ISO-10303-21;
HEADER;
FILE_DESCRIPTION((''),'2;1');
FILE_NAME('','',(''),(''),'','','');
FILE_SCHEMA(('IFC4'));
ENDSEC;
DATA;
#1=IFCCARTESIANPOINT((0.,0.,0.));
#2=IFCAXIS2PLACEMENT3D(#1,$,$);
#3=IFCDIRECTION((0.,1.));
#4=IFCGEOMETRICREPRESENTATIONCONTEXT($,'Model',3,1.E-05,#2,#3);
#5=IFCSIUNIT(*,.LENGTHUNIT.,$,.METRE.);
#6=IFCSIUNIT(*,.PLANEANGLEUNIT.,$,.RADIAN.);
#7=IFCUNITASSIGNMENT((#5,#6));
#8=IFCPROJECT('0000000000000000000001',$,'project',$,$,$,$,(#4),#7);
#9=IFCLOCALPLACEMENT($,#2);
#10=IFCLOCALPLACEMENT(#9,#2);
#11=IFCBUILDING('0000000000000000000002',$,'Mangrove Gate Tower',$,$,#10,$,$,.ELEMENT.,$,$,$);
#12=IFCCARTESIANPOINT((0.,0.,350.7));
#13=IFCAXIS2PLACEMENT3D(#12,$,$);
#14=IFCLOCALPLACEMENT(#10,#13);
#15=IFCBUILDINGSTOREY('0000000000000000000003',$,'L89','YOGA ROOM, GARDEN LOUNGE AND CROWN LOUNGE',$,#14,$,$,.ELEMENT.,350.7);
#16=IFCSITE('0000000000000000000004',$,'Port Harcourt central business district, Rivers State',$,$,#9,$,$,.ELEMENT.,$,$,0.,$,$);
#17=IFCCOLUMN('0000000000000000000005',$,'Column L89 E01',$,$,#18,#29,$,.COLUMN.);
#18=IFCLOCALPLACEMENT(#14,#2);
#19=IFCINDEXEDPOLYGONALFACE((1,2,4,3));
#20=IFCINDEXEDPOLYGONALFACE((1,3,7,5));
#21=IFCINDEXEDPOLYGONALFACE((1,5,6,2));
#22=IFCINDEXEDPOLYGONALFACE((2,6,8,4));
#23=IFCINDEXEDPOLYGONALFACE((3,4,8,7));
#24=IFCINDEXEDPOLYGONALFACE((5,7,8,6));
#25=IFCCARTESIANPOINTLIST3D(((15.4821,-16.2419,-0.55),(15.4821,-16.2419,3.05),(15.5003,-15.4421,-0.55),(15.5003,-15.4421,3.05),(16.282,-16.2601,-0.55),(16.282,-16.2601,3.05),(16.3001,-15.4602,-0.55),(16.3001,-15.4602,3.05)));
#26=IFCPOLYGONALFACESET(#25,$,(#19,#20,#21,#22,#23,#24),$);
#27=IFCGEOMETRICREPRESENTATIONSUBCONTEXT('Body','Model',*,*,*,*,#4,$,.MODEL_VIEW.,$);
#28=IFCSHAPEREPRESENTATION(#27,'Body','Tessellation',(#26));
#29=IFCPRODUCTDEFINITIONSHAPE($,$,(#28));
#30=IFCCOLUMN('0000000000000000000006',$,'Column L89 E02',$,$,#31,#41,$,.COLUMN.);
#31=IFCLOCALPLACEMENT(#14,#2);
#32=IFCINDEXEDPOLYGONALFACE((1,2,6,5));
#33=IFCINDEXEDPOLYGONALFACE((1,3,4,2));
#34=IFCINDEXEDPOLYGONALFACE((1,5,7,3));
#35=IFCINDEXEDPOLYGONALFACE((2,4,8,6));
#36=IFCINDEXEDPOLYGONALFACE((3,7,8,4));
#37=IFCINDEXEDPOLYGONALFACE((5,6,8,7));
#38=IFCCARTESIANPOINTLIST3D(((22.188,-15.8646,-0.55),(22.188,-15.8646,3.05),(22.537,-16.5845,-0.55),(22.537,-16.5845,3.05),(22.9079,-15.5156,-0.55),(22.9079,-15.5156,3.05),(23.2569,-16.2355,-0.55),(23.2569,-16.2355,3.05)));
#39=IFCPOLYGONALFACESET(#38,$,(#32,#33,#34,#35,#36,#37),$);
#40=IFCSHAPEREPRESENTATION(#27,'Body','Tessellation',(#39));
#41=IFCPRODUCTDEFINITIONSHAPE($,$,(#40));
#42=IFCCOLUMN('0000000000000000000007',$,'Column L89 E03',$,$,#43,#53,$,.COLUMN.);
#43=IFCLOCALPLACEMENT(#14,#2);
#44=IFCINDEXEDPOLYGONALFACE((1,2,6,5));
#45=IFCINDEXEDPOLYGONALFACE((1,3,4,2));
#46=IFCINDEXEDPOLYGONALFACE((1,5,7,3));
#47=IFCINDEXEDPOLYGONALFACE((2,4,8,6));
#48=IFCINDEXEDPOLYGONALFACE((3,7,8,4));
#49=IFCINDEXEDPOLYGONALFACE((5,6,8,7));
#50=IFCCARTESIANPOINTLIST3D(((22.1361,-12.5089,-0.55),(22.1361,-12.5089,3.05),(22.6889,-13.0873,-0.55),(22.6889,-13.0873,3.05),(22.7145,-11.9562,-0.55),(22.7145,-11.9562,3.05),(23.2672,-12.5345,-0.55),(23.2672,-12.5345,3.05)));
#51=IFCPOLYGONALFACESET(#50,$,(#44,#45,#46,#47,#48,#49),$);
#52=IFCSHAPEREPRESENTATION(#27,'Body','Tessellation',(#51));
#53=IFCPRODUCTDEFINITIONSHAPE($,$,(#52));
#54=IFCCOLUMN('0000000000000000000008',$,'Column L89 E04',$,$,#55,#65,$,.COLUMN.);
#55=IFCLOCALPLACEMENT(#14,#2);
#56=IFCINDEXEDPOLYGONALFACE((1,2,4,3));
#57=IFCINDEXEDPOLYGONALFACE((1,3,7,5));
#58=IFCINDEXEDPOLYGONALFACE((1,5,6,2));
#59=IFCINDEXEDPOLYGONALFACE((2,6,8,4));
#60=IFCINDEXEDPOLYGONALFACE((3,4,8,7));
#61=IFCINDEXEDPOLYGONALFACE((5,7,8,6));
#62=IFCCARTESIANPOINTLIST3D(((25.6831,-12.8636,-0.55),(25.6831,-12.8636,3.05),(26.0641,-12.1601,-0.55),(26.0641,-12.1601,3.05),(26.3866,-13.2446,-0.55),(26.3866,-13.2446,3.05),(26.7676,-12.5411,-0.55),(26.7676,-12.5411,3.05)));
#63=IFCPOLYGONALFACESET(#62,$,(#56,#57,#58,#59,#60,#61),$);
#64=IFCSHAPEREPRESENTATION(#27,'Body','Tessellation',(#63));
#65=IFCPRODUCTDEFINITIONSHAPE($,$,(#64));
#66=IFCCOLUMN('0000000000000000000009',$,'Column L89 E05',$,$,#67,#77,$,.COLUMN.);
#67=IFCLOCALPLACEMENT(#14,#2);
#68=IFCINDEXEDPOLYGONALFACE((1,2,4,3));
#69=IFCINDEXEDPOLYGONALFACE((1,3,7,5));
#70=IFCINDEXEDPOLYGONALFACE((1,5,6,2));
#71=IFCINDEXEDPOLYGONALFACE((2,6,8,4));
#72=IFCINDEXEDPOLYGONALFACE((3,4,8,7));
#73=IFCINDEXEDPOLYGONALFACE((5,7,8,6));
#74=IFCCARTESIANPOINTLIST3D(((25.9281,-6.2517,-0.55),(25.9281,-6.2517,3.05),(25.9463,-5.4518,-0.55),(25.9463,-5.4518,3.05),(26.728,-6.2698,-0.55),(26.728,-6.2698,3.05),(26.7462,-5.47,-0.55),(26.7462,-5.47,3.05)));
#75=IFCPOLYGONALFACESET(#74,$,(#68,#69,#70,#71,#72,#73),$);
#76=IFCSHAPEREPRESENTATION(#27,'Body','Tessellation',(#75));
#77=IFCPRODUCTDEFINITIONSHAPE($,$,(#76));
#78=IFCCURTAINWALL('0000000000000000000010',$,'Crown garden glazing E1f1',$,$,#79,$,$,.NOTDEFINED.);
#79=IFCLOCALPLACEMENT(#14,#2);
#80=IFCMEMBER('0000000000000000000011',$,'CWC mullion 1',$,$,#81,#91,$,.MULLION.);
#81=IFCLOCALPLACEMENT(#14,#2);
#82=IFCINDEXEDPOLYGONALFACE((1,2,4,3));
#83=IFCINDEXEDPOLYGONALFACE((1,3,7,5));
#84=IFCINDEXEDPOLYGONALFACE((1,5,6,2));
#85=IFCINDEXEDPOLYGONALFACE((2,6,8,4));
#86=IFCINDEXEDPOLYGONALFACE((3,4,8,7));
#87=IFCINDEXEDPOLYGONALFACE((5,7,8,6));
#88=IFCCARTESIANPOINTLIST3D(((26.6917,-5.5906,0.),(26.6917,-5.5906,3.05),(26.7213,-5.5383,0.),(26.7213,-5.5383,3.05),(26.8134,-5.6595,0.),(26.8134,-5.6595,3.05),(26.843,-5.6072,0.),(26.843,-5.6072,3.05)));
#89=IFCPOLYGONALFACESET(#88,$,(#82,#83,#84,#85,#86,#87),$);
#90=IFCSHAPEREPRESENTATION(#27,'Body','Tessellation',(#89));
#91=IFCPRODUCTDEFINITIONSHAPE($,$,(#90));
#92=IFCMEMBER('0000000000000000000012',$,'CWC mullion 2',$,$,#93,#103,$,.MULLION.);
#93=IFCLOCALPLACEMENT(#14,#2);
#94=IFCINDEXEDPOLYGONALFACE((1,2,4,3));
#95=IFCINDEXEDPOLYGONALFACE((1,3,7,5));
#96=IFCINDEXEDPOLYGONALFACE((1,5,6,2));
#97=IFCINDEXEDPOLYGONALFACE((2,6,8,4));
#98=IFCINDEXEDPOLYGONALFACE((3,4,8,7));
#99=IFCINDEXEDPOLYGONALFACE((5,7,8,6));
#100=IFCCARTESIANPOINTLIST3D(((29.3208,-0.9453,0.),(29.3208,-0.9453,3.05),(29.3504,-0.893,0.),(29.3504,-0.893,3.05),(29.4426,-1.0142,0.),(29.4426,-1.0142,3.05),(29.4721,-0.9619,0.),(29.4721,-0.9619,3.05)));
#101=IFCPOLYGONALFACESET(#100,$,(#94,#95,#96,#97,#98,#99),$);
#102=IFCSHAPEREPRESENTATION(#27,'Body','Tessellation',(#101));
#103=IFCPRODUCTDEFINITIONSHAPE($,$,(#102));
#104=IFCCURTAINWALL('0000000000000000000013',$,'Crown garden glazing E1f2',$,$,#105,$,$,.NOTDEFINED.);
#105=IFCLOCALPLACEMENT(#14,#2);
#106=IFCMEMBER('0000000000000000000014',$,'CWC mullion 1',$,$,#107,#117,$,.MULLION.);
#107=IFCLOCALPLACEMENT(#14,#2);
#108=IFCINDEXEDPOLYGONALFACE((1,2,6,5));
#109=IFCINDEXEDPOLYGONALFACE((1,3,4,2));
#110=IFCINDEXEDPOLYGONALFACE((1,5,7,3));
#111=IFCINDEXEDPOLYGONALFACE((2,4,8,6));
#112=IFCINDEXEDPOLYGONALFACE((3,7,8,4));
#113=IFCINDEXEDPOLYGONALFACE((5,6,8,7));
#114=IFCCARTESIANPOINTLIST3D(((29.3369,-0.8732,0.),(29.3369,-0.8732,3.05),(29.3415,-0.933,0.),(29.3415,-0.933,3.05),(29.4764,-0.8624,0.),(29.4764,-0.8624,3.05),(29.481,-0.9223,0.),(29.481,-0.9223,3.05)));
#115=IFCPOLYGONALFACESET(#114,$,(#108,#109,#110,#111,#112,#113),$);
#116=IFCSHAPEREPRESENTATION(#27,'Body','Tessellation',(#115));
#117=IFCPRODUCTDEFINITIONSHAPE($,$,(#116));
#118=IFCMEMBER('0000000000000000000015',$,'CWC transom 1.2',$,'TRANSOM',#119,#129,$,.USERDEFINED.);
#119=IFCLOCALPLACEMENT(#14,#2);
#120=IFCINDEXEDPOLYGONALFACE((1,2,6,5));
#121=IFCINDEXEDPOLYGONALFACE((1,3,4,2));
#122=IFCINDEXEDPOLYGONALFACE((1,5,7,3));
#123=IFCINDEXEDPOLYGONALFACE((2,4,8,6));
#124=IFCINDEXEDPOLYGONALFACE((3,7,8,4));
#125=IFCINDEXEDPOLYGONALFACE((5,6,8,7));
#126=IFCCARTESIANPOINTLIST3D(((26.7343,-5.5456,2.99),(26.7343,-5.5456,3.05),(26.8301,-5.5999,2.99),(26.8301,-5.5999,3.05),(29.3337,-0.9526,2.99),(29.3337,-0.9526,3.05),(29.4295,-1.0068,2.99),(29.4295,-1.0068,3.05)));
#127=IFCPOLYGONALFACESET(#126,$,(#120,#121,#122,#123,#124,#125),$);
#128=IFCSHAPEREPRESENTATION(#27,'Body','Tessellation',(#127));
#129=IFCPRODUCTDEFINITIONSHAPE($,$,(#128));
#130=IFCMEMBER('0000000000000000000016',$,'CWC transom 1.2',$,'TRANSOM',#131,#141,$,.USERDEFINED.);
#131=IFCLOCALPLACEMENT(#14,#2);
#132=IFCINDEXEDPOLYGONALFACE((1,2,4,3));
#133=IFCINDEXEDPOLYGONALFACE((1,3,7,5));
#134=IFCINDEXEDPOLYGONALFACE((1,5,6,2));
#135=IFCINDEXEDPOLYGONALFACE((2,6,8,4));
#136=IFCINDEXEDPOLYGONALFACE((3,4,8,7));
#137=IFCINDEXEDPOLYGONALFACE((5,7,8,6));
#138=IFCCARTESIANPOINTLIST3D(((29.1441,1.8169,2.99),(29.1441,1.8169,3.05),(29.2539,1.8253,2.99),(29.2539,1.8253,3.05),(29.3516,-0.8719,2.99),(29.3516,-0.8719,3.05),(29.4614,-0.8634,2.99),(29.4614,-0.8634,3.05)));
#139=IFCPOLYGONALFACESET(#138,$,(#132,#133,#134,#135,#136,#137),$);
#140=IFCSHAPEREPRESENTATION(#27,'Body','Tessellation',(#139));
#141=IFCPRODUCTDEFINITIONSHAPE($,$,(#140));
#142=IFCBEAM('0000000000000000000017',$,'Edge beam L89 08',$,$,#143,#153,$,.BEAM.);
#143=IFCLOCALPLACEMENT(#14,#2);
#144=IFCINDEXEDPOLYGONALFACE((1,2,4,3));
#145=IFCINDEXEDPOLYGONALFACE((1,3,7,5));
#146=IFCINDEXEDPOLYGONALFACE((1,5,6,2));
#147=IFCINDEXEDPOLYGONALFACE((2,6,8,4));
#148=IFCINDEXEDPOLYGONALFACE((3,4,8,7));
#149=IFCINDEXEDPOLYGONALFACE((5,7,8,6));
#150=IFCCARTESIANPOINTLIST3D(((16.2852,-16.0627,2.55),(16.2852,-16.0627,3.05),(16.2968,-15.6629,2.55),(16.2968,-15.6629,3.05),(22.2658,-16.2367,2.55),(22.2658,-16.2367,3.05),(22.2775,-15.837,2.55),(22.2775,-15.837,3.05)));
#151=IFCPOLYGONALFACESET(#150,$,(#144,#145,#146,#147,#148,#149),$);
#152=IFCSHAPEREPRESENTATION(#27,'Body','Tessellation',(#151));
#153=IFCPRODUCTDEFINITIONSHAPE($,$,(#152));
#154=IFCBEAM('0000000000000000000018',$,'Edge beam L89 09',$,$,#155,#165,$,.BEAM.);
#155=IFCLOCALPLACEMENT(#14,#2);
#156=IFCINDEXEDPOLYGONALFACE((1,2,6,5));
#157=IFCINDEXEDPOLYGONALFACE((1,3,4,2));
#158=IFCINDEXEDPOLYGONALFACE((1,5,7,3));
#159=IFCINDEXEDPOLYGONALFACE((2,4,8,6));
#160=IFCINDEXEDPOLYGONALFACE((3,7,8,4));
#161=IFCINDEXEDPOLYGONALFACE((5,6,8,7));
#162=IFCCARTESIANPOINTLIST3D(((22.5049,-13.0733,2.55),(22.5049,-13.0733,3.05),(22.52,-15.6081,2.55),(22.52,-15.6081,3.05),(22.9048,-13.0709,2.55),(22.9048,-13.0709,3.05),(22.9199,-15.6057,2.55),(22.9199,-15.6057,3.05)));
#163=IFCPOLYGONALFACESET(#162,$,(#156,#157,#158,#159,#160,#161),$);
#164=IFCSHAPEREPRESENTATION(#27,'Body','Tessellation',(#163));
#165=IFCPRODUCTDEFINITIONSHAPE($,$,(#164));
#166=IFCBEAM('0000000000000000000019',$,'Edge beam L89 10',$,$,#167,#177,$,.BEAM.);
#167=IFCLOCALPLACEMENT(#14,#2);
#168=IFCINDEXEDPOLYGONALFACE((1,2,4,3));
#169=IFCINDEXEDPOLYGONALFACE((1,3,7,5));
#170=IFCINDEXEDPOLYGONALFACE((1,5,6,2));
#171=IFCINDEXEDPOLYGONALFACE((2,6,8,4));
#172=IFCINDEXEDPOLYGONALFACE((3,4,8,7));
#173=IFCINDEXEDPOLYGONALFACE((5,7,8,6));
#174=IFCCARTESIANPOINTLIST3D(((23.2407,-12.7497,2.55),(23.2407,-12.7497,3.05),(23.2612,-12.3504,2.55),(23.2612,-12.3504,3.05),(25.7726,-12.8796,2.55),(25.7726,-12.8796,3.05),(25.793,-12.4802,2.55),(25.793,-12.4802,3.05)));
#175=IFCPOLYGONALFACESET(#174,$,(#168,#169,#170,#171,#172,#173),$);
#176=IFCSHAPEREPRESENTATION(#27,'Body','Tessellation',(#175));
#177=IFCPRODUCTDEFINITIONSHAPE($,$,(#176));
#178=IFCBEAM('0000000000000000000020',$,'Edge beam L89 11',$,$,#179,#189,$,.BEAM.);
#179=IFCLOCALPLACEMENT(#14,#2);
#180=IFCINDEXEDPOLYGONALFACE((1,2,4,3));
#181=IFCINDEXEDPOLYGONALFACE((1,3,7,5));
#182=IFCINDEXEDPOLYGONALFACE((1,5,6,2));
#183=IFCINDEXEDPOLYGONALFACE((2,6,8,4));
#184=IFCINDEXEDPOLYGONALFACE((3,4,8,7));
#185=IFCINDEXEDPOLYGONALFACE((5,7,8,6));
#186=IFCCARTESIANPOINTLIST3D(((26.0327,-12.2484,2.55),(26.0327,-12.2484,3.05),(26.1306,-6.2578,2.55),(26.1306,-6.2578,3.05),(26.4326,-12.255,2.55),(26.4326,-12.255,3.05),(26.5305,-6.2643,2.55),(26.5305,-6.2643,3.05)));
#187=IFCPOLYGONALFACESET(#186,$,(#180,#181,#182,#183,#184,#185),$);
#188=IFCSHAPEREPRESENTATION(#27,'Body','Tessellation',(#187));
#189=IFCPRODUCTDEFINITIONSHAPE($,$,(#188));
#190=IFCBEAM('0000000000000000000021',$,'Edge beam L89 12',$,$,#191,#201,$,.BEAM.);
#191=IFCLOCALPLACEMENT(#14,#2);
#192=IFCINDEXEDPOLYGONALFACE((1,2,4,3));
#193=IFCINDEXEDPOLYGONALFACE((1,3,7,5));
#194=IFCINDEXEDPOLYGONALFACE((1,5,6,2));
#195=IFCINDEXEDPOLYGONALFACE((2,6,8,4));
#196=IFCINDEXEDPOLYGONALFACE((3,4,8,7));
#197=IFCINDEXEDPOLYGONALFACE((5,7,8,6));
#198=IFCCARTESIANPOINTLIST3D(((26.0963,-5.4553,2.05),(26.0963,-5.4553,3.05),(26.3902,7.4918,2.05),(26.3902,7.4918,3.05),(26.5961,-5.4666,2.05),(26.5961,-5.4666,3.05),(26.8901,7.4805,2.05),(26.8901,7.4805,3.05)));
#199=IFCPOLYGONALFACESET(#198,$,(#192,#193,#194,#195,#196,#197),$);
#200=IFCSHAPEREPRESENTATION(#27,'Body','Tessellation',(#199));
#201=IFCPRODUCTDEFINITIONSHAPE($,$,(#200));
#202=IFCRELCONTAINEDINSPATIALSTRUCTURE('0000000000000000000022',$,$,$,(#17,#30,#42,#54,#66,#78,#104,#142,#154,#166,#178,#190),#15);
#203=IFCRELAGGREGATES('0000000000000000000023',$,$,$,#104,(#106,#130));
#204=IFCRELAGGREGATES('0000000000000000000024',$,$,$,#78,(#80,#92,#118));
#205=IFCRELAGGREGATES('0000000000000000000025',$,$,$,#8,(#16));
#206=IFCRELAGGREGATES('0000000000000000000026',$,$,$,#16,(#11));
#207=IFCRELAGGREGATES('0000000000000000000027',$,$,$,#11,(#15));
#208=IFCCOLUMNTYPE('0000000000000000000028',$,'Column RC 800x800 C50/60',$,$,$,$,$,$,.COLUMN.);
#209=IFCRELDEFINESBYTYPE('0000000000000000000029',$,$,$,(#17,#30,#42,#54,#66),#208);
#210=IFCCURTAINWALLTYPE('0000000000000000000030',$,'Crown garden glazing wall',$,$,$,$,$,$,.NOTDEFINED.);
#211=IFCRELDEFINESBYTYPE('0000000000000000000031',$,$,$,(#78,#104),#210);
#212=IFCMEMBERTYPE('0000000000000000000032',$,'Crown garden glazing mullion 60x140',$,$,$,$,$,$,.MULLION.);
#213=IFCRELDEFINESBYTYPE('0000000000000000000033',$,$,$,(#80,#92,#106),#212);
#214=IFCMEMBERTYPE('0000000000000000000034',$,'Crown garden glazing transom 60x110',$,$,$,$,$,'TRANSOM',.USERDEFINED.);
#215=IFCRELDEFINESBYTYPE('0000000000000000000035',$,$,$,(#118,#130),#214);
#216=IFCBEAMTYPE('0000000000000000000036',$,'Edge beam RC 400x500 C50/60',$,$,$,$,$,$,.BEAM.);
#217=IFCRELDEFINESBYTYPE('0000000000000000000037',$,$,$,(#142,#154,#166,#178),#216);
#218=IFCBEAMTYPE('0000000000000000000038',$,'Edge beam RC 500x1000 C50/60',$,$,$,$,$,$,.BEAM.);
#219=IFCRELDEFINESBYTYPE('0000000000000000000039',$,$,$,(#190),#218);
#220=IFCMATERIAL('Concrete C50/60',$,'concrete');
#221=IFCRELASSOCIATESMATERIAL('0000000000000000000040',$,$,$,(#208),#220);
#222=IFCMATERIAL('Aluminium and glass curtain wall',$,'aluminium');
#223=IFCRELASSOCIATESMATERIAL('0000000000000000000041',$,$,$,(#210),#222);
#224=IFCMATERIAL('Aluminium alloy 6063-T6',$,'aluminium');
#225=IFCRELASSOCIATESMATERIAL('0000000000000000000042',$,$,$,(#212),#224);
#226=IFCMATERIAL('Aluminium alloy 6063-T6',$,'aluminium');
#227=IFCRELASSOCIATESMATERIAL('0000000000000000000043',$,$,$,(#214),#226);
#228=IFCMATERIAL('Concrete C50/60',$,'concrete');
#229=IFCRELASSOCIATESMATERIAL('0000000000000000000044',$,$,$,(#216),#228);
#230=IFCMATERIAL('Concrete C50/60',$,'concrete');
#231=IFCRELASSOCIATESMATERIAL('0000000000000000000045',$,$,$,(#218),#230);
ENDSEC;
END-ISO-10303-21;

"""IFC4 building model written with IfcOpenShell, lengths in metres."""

from ifc_helpers import new_model, si_unit, direction, frame, origin, origin_2d, place, context, subcontext, project, spatial, rectangle, extrude, material, material_profile, profile_set, type_object, element, aggregate, save


model = new_model("IFC4")

# Units and contexts
model_context = context("Model", 3, precision=1e-05, world=origin(), true_north=direction((0.0, 1.0)))
body_context = subcontext(model_context, "Body", "Model", "MODEL_VIEW")
ifc_project = project(units=[si_unit("LENGTHUNIT", "METRE"), si_unit("PLANEANGLEUNIT", "RADIAN")], contexts=[model_context])

# Site, building, storey
site_placement = place(None, origin())
site = spatial("IfcSite", under=ifc_project, at=site_placement, Name="Port Harcourt central business district, Rivers State", CompositionType="ELEMENT", RefElevation=0.0)
building_placement = place(site_placement, origin())
building = spatial("IfcBuilding", under=site, at=building_placement, Name="Mangrove Gate Tower", CompositionType="ELEMENT")
storey_placement = place(building_placement, frame((0.0, 0.0, 350.7)))
storey = spatial("IfcBuildingStorey", under=building, at=storey_placement, Name="L89", Description="YOGA ROOM, GARDEN LOUNGE AND CROWN LOUNGE", CompositionType="ELEMENT", Elevation=350.7)

# Columns
ifc_material_1 = material(Name="Concrete C50/60", Category="concrete")
ifc_material_profile_1 = material_profile(ifc_material_1, rectangle(XDim=0.8, YDim=0.8, at=origin_2d()))
ifc_profile_set_1 = profile_set([ifc_material_profile_1], Name="Concrete C50/60")
column_type = type_object("IfcColumnType", Name="Column RC 800x800 C50/60", PredefinedType="COLUMN", material=ifc_profile_set_1)
for number, where, z_axis, x_axis, name in (
    (1, (15.8911, -15.8511, -0.55), (0.0, 0.0, 1.0), (0.999743, -0.02266, 0.0), "Column L89 E01"),
    (2, (22.7224, -16.05, -0.55), (0.0, 0.0, 1.0), (0.899838, 0.436224, 0.0), "Column L89 E02"),
    (3, (22.7017, -12.5217, -0.55), (0.0, 0.0, 1.0), (0.722936, 0.690915, 0.0), "Column L89 E03"),
    (4, (26.2253, -12.7024, -0.55), (0.0, 0.0, 1.0), (0.476214, 0.87933, 0.0), "Column L89 E04"),
    (5, (26.3372, -5.8608, -0.55), (0.0, 0.0, 1.0), (0.022719, 0.999742, 0.0), "Column L89 E05"),
):
    element("IfcColumn", number, at=place(storey_placement, frame(where, z_axis=z_axis, x_axis=x_axis)), inside=storey, type_object=column_type, Name=name, PredefinedType="COLUMN", context=body_context, shape_type="SweptSolid", body=[
        extrude(rectangle(XDim=0.8, YDim=0.8, at=origin_2d()), origin(), (0.0, 0.0, 1.0), 3.6001),
    ])

# Curtain wall, members
ifc_material_2 = material(Name="Aluminium and glass curtain wall", Category="aluminium")
curtain_wall_type = type_object("IfcCurtainWallType", Name="Crown garden glazing wall", PredefinedType="NOTDEFINED", material=ifc_material_2)
curtain_wall_1_placement = place(storey_placement, origin())
curtain_wall_1 = element("IfcCurtainWall", 6, at=curtain_wall_1_placement, inside=storey, type_object=curtain_wall_type, Name="Crown garden glazing E1f1", PredefinedType="NOTDEFINED")
ifc_material_3 = material(Name="Aluminium alloy 6063-T6", Category="aluminium")
ifc_material_profile_2 = material_profile(ifc_material_3, rectangle(XDim=0.0601, YDim=0.1399, at=origin_2d()))
ifc_profile_set_2 = profile_set([ifc_material_profile_2], Name="Aluminium alloy 6063-T6")
member_type_1 = type_object("IfcMemberType", Name="Crown garden glazing mullion 60x140", PredefinedType="MULLION", material=ifc_profile_set_2)
member_1_placement = place(storey_placement, frame((26.7673, -5.5989, 0.0), z_axis=(0.0, 0.0, 1.0), x_axis=(0.492566, 0.870275, 0.0)))
member_1 = element("IfcMember", 7, at=member_1_placement, type_object=member_type_1, Name="CWC mullion 1", PredefinedType="MULLION", context=body_context, shape_type="SweptSolid", body=[
    extrude(rectangle(XDim=0.0601, YDim=0.1399, at=origin_2d()), origin(), (0.0, 0.0, 1.0), 3.05),
])
member_2_placement = place(storey_placement, frame((29.3965, -0.9536, 0.0), z_axis=(0.0, 0.0, 1.0), x_axis=(0.492566, 0.870275, 0.0)))
member_2 = element("IfcMember", 8, at=member_2_placement, type_object=member_type_1, Name="CWC mullion 2", PredefinedType="MULLION", context=body_context, shape_type="SweptSolid", body=[
    extrude(rectangle(XDim=0.0601, YDim=0.1399, at=origin_2d()), origin(), (0.0, 0.0, 1.0), 3.05),
])

# Curtain wall, member
curtain_wall_2_placement = place(storey_placement, origin())
curtain_wall_2 = element("IfcCurtainWall", 9, at=curtain_wall_2_placement, inside=storey, type_object=curtain_wall_type, Name="Crown garden glazing E1f2", PredefinedType="NOTDEFINED")
member_3_placement = place(storey_placement, frame((29.4089, -0.8977, 0.0), z_axis=(0.0, 0.0, 1.0), x_axis=(-0.077023, 0.997029, 0.0)))
member_3 = element("IfcMember", 10, at=member_3_placement, type_object=member_type_1, Name="CWC mullion 1", PredefinedType="MULLION", context=body_context, shape_type="SweptSolid", body=[
    extrude(rectangle(XDim=0.0601, YDim=0.1399, at=origin_2d()), origin(), (0.0, 0.0, 1.0), 3.05),
])

# Members
ifc_material_4 = material(Name="Aluminium alloy 6063-T6", Category="aluminium")
ifc_material_profile_3 = material_profile(ifc_material_4, rectangle(XDim=0.0601, YDim=0.1101, at=origin_2d()))
ifc_profile_set_3 = profile_set([ifc_material_profile_3], Name="Aluminium alloy 6063-T6")
member_type_2 = type_object("IfcMemberType", Name="Crown garden glazing transom 60x110", ElementType="TRANSOM", PredefinedType="USERDEFINED", material=ifc_profile_set_3)
member_4_placement = place(storey_placement, frame((26.7822, -5.5728, 3.02), z_axis=(0.492533, 0.870294, 0.0), x_axis=(0.0, 0.0, 1.0)))
member_4 = element("IfcMember", 11, at=member_4_placement, type_object=member_type_2, Name="CWC transom 1.2", ObjectType="TRANSOM", PredefinedType="USERDEFINED", context=body_context, shape_type="SweptSolid", body=[
    extrude(rectangle(XDim=0.0601, YDim=0.1101, at=origin_2d()), origin(), (0.0, 0.0, 1.0), 5.2776),
])
member_5_placement = place(storey_placement, frame((29.4065, -0.8677, 3.02), z_axis=(-0.076953, 0.997035, 0.0), x_axis=(0.0, 0.0, 1.0)))
member_5 = element("IfcMember", 12, at=member_5_placement, type_object=member_type_2, Name="CWC transom 1.2", ObjectType="TRANSOM", PredefinedType="USERDEFINED", context=body_context, shape_type="SweptSolid", body=[
    extrude(rectangle(XDim=0.0601, YDim=0.1101, at=origin_2d()), origin(), (0.0, 0.0, 1.0), 2.6968),
])
aggregate(curtain_wall_2, [member_3, member_5])

# Beams
ifc_material_5 = material(Name="Concrete C50/60", Category="concrete")
ifc_material_profile_4 = material_profile(ifc_material_5, rectangle(XDim=0.3999, YDim=0.5, at=origin_2d()))
ifc_profile_set_4 = profile_set([ifc_material_profile_4], Name="Concrete C50/60")
beam_type_1 = type_object("IfcBeamType", Name="Edge beam RC 400x500 C50/60", PredefinedType="BEAM", material=ifc_profile_set_4)
beam_1_placement = place(storey_placement, frame((16.291, -15.8628, 2.8), z_axis=(0.999577, -0.029093, 0.0), x_axis=(0.029093, 0.999577, 0.0)))
element("IfcBeam", 13, at=beam_1_placement, inside=storey, type_object=beam_type_1, Name="Edge beam L89 08", PredefinedType="BEAM", context=body_context, shape_type="SweptSolid", body=[
    extrude(rectangle(XDim=0.3999, YDim=0.5, at=origin_2d()), origin(), (0.0, 0.0, 1.0), 5.9832),
])
beam_2_placement = place(storey_placement, frame((22.72, -15.6069, 2.8), z_axis=(-0.005971, 0.999982, 0.0), x_axis=(-0.999982, -0.005971, 0.0)))
element("IfcBeam", 14, at=beam_2_placement, inside=storey, type_object=beam_type_1, Name="Edge beam L89 09", PredefinedType="BEAM", context=body_context, shape_type="SweptSolid", body=[
    extrude(rectangle(XDim=0.3999, YDim=0.5, at=origin_2d()), origin(), (0.0, 0.0, 1.0), 2.5349),
])
beam_3_placement = place(storey_placement, frame((23.251, -12.55, 2.8), z_axis=(0.998687, -0.051234, 0.0), x_axis=(0.051234, 0.998687, 0.0)))
element("IfcBeam", 15, at=beam_3_placement, inside=storey, type_object=beam_type_1, Name="Edge beam L89 10", PredefinedType="BEAM", context=body_context, shape_type="SweptSolid", body=[
    extrude(rectangle(XDim=0.3999, YDim=0.5, at=origin_2d()), origin(), (0.0, 0.0, 1.0), 2.5352),
])
beam_4_placement = place(storey_placement, frame((26.2327, -12.2517, 2.8), z_axis=(0.01634, 0.999866, 0.0), x_axis=(-0.999866, 0.01634, 0.0)))
element("IfcBeam", 16, at=beam_4_placement, inside=storey, type_object=beam_type_1, Name="Edge beam L89 11", PredefinedType="BEAM", context=body_context, shape_type="SweptSolid", body=[
    extrude(rectangle(XDim=0.3999, YDim=0.5, at=origin_2d()), origin(), (0.0, 0.0, 1.0), 5.9915),
])
ifc_material_6 = material(Name="Concrete C50/60", Category="concrete")
ifc_material_profile_5 = material_profile(ifc_material_6, rectangle(XDim=0.5, YDim=1.0, at=origin_2d()))
ifc_profile_set_5 = profile_set([ifc_material_profile_5], Name="Concrete C50/60")
beam_type_2 = type_object("IfcBeamType", Name="Edge beam RC 500x1000 C50/60", PredefinedType="BEAM", material=ifc_profile_set_5)
beam_5_placement = place(storey_placement, frame((26.3462, -5.4609, 2.55), z_axis=(0.022698, 0.999742, 0.0), x_axis=(-0.999742, 0.022698, 0.0)))
element("IfcBeam", 17, at=beam_5_placement, inside=storey, type_object=beam_type_2, Name="Edge beam L89 12", PredefinedType="BEAM", context=body_context, shape_type="SweptSolid", body=[
    extrude(rectangle(XDim=0.5, YDim=1.0, at=origin_2d()), origin(), (0.0, 0.0, 1.0), 12.9504),
])

aggregate(curtain_wall_1, [member_1, member_2, member_4])

save(model, "model.ifc")
